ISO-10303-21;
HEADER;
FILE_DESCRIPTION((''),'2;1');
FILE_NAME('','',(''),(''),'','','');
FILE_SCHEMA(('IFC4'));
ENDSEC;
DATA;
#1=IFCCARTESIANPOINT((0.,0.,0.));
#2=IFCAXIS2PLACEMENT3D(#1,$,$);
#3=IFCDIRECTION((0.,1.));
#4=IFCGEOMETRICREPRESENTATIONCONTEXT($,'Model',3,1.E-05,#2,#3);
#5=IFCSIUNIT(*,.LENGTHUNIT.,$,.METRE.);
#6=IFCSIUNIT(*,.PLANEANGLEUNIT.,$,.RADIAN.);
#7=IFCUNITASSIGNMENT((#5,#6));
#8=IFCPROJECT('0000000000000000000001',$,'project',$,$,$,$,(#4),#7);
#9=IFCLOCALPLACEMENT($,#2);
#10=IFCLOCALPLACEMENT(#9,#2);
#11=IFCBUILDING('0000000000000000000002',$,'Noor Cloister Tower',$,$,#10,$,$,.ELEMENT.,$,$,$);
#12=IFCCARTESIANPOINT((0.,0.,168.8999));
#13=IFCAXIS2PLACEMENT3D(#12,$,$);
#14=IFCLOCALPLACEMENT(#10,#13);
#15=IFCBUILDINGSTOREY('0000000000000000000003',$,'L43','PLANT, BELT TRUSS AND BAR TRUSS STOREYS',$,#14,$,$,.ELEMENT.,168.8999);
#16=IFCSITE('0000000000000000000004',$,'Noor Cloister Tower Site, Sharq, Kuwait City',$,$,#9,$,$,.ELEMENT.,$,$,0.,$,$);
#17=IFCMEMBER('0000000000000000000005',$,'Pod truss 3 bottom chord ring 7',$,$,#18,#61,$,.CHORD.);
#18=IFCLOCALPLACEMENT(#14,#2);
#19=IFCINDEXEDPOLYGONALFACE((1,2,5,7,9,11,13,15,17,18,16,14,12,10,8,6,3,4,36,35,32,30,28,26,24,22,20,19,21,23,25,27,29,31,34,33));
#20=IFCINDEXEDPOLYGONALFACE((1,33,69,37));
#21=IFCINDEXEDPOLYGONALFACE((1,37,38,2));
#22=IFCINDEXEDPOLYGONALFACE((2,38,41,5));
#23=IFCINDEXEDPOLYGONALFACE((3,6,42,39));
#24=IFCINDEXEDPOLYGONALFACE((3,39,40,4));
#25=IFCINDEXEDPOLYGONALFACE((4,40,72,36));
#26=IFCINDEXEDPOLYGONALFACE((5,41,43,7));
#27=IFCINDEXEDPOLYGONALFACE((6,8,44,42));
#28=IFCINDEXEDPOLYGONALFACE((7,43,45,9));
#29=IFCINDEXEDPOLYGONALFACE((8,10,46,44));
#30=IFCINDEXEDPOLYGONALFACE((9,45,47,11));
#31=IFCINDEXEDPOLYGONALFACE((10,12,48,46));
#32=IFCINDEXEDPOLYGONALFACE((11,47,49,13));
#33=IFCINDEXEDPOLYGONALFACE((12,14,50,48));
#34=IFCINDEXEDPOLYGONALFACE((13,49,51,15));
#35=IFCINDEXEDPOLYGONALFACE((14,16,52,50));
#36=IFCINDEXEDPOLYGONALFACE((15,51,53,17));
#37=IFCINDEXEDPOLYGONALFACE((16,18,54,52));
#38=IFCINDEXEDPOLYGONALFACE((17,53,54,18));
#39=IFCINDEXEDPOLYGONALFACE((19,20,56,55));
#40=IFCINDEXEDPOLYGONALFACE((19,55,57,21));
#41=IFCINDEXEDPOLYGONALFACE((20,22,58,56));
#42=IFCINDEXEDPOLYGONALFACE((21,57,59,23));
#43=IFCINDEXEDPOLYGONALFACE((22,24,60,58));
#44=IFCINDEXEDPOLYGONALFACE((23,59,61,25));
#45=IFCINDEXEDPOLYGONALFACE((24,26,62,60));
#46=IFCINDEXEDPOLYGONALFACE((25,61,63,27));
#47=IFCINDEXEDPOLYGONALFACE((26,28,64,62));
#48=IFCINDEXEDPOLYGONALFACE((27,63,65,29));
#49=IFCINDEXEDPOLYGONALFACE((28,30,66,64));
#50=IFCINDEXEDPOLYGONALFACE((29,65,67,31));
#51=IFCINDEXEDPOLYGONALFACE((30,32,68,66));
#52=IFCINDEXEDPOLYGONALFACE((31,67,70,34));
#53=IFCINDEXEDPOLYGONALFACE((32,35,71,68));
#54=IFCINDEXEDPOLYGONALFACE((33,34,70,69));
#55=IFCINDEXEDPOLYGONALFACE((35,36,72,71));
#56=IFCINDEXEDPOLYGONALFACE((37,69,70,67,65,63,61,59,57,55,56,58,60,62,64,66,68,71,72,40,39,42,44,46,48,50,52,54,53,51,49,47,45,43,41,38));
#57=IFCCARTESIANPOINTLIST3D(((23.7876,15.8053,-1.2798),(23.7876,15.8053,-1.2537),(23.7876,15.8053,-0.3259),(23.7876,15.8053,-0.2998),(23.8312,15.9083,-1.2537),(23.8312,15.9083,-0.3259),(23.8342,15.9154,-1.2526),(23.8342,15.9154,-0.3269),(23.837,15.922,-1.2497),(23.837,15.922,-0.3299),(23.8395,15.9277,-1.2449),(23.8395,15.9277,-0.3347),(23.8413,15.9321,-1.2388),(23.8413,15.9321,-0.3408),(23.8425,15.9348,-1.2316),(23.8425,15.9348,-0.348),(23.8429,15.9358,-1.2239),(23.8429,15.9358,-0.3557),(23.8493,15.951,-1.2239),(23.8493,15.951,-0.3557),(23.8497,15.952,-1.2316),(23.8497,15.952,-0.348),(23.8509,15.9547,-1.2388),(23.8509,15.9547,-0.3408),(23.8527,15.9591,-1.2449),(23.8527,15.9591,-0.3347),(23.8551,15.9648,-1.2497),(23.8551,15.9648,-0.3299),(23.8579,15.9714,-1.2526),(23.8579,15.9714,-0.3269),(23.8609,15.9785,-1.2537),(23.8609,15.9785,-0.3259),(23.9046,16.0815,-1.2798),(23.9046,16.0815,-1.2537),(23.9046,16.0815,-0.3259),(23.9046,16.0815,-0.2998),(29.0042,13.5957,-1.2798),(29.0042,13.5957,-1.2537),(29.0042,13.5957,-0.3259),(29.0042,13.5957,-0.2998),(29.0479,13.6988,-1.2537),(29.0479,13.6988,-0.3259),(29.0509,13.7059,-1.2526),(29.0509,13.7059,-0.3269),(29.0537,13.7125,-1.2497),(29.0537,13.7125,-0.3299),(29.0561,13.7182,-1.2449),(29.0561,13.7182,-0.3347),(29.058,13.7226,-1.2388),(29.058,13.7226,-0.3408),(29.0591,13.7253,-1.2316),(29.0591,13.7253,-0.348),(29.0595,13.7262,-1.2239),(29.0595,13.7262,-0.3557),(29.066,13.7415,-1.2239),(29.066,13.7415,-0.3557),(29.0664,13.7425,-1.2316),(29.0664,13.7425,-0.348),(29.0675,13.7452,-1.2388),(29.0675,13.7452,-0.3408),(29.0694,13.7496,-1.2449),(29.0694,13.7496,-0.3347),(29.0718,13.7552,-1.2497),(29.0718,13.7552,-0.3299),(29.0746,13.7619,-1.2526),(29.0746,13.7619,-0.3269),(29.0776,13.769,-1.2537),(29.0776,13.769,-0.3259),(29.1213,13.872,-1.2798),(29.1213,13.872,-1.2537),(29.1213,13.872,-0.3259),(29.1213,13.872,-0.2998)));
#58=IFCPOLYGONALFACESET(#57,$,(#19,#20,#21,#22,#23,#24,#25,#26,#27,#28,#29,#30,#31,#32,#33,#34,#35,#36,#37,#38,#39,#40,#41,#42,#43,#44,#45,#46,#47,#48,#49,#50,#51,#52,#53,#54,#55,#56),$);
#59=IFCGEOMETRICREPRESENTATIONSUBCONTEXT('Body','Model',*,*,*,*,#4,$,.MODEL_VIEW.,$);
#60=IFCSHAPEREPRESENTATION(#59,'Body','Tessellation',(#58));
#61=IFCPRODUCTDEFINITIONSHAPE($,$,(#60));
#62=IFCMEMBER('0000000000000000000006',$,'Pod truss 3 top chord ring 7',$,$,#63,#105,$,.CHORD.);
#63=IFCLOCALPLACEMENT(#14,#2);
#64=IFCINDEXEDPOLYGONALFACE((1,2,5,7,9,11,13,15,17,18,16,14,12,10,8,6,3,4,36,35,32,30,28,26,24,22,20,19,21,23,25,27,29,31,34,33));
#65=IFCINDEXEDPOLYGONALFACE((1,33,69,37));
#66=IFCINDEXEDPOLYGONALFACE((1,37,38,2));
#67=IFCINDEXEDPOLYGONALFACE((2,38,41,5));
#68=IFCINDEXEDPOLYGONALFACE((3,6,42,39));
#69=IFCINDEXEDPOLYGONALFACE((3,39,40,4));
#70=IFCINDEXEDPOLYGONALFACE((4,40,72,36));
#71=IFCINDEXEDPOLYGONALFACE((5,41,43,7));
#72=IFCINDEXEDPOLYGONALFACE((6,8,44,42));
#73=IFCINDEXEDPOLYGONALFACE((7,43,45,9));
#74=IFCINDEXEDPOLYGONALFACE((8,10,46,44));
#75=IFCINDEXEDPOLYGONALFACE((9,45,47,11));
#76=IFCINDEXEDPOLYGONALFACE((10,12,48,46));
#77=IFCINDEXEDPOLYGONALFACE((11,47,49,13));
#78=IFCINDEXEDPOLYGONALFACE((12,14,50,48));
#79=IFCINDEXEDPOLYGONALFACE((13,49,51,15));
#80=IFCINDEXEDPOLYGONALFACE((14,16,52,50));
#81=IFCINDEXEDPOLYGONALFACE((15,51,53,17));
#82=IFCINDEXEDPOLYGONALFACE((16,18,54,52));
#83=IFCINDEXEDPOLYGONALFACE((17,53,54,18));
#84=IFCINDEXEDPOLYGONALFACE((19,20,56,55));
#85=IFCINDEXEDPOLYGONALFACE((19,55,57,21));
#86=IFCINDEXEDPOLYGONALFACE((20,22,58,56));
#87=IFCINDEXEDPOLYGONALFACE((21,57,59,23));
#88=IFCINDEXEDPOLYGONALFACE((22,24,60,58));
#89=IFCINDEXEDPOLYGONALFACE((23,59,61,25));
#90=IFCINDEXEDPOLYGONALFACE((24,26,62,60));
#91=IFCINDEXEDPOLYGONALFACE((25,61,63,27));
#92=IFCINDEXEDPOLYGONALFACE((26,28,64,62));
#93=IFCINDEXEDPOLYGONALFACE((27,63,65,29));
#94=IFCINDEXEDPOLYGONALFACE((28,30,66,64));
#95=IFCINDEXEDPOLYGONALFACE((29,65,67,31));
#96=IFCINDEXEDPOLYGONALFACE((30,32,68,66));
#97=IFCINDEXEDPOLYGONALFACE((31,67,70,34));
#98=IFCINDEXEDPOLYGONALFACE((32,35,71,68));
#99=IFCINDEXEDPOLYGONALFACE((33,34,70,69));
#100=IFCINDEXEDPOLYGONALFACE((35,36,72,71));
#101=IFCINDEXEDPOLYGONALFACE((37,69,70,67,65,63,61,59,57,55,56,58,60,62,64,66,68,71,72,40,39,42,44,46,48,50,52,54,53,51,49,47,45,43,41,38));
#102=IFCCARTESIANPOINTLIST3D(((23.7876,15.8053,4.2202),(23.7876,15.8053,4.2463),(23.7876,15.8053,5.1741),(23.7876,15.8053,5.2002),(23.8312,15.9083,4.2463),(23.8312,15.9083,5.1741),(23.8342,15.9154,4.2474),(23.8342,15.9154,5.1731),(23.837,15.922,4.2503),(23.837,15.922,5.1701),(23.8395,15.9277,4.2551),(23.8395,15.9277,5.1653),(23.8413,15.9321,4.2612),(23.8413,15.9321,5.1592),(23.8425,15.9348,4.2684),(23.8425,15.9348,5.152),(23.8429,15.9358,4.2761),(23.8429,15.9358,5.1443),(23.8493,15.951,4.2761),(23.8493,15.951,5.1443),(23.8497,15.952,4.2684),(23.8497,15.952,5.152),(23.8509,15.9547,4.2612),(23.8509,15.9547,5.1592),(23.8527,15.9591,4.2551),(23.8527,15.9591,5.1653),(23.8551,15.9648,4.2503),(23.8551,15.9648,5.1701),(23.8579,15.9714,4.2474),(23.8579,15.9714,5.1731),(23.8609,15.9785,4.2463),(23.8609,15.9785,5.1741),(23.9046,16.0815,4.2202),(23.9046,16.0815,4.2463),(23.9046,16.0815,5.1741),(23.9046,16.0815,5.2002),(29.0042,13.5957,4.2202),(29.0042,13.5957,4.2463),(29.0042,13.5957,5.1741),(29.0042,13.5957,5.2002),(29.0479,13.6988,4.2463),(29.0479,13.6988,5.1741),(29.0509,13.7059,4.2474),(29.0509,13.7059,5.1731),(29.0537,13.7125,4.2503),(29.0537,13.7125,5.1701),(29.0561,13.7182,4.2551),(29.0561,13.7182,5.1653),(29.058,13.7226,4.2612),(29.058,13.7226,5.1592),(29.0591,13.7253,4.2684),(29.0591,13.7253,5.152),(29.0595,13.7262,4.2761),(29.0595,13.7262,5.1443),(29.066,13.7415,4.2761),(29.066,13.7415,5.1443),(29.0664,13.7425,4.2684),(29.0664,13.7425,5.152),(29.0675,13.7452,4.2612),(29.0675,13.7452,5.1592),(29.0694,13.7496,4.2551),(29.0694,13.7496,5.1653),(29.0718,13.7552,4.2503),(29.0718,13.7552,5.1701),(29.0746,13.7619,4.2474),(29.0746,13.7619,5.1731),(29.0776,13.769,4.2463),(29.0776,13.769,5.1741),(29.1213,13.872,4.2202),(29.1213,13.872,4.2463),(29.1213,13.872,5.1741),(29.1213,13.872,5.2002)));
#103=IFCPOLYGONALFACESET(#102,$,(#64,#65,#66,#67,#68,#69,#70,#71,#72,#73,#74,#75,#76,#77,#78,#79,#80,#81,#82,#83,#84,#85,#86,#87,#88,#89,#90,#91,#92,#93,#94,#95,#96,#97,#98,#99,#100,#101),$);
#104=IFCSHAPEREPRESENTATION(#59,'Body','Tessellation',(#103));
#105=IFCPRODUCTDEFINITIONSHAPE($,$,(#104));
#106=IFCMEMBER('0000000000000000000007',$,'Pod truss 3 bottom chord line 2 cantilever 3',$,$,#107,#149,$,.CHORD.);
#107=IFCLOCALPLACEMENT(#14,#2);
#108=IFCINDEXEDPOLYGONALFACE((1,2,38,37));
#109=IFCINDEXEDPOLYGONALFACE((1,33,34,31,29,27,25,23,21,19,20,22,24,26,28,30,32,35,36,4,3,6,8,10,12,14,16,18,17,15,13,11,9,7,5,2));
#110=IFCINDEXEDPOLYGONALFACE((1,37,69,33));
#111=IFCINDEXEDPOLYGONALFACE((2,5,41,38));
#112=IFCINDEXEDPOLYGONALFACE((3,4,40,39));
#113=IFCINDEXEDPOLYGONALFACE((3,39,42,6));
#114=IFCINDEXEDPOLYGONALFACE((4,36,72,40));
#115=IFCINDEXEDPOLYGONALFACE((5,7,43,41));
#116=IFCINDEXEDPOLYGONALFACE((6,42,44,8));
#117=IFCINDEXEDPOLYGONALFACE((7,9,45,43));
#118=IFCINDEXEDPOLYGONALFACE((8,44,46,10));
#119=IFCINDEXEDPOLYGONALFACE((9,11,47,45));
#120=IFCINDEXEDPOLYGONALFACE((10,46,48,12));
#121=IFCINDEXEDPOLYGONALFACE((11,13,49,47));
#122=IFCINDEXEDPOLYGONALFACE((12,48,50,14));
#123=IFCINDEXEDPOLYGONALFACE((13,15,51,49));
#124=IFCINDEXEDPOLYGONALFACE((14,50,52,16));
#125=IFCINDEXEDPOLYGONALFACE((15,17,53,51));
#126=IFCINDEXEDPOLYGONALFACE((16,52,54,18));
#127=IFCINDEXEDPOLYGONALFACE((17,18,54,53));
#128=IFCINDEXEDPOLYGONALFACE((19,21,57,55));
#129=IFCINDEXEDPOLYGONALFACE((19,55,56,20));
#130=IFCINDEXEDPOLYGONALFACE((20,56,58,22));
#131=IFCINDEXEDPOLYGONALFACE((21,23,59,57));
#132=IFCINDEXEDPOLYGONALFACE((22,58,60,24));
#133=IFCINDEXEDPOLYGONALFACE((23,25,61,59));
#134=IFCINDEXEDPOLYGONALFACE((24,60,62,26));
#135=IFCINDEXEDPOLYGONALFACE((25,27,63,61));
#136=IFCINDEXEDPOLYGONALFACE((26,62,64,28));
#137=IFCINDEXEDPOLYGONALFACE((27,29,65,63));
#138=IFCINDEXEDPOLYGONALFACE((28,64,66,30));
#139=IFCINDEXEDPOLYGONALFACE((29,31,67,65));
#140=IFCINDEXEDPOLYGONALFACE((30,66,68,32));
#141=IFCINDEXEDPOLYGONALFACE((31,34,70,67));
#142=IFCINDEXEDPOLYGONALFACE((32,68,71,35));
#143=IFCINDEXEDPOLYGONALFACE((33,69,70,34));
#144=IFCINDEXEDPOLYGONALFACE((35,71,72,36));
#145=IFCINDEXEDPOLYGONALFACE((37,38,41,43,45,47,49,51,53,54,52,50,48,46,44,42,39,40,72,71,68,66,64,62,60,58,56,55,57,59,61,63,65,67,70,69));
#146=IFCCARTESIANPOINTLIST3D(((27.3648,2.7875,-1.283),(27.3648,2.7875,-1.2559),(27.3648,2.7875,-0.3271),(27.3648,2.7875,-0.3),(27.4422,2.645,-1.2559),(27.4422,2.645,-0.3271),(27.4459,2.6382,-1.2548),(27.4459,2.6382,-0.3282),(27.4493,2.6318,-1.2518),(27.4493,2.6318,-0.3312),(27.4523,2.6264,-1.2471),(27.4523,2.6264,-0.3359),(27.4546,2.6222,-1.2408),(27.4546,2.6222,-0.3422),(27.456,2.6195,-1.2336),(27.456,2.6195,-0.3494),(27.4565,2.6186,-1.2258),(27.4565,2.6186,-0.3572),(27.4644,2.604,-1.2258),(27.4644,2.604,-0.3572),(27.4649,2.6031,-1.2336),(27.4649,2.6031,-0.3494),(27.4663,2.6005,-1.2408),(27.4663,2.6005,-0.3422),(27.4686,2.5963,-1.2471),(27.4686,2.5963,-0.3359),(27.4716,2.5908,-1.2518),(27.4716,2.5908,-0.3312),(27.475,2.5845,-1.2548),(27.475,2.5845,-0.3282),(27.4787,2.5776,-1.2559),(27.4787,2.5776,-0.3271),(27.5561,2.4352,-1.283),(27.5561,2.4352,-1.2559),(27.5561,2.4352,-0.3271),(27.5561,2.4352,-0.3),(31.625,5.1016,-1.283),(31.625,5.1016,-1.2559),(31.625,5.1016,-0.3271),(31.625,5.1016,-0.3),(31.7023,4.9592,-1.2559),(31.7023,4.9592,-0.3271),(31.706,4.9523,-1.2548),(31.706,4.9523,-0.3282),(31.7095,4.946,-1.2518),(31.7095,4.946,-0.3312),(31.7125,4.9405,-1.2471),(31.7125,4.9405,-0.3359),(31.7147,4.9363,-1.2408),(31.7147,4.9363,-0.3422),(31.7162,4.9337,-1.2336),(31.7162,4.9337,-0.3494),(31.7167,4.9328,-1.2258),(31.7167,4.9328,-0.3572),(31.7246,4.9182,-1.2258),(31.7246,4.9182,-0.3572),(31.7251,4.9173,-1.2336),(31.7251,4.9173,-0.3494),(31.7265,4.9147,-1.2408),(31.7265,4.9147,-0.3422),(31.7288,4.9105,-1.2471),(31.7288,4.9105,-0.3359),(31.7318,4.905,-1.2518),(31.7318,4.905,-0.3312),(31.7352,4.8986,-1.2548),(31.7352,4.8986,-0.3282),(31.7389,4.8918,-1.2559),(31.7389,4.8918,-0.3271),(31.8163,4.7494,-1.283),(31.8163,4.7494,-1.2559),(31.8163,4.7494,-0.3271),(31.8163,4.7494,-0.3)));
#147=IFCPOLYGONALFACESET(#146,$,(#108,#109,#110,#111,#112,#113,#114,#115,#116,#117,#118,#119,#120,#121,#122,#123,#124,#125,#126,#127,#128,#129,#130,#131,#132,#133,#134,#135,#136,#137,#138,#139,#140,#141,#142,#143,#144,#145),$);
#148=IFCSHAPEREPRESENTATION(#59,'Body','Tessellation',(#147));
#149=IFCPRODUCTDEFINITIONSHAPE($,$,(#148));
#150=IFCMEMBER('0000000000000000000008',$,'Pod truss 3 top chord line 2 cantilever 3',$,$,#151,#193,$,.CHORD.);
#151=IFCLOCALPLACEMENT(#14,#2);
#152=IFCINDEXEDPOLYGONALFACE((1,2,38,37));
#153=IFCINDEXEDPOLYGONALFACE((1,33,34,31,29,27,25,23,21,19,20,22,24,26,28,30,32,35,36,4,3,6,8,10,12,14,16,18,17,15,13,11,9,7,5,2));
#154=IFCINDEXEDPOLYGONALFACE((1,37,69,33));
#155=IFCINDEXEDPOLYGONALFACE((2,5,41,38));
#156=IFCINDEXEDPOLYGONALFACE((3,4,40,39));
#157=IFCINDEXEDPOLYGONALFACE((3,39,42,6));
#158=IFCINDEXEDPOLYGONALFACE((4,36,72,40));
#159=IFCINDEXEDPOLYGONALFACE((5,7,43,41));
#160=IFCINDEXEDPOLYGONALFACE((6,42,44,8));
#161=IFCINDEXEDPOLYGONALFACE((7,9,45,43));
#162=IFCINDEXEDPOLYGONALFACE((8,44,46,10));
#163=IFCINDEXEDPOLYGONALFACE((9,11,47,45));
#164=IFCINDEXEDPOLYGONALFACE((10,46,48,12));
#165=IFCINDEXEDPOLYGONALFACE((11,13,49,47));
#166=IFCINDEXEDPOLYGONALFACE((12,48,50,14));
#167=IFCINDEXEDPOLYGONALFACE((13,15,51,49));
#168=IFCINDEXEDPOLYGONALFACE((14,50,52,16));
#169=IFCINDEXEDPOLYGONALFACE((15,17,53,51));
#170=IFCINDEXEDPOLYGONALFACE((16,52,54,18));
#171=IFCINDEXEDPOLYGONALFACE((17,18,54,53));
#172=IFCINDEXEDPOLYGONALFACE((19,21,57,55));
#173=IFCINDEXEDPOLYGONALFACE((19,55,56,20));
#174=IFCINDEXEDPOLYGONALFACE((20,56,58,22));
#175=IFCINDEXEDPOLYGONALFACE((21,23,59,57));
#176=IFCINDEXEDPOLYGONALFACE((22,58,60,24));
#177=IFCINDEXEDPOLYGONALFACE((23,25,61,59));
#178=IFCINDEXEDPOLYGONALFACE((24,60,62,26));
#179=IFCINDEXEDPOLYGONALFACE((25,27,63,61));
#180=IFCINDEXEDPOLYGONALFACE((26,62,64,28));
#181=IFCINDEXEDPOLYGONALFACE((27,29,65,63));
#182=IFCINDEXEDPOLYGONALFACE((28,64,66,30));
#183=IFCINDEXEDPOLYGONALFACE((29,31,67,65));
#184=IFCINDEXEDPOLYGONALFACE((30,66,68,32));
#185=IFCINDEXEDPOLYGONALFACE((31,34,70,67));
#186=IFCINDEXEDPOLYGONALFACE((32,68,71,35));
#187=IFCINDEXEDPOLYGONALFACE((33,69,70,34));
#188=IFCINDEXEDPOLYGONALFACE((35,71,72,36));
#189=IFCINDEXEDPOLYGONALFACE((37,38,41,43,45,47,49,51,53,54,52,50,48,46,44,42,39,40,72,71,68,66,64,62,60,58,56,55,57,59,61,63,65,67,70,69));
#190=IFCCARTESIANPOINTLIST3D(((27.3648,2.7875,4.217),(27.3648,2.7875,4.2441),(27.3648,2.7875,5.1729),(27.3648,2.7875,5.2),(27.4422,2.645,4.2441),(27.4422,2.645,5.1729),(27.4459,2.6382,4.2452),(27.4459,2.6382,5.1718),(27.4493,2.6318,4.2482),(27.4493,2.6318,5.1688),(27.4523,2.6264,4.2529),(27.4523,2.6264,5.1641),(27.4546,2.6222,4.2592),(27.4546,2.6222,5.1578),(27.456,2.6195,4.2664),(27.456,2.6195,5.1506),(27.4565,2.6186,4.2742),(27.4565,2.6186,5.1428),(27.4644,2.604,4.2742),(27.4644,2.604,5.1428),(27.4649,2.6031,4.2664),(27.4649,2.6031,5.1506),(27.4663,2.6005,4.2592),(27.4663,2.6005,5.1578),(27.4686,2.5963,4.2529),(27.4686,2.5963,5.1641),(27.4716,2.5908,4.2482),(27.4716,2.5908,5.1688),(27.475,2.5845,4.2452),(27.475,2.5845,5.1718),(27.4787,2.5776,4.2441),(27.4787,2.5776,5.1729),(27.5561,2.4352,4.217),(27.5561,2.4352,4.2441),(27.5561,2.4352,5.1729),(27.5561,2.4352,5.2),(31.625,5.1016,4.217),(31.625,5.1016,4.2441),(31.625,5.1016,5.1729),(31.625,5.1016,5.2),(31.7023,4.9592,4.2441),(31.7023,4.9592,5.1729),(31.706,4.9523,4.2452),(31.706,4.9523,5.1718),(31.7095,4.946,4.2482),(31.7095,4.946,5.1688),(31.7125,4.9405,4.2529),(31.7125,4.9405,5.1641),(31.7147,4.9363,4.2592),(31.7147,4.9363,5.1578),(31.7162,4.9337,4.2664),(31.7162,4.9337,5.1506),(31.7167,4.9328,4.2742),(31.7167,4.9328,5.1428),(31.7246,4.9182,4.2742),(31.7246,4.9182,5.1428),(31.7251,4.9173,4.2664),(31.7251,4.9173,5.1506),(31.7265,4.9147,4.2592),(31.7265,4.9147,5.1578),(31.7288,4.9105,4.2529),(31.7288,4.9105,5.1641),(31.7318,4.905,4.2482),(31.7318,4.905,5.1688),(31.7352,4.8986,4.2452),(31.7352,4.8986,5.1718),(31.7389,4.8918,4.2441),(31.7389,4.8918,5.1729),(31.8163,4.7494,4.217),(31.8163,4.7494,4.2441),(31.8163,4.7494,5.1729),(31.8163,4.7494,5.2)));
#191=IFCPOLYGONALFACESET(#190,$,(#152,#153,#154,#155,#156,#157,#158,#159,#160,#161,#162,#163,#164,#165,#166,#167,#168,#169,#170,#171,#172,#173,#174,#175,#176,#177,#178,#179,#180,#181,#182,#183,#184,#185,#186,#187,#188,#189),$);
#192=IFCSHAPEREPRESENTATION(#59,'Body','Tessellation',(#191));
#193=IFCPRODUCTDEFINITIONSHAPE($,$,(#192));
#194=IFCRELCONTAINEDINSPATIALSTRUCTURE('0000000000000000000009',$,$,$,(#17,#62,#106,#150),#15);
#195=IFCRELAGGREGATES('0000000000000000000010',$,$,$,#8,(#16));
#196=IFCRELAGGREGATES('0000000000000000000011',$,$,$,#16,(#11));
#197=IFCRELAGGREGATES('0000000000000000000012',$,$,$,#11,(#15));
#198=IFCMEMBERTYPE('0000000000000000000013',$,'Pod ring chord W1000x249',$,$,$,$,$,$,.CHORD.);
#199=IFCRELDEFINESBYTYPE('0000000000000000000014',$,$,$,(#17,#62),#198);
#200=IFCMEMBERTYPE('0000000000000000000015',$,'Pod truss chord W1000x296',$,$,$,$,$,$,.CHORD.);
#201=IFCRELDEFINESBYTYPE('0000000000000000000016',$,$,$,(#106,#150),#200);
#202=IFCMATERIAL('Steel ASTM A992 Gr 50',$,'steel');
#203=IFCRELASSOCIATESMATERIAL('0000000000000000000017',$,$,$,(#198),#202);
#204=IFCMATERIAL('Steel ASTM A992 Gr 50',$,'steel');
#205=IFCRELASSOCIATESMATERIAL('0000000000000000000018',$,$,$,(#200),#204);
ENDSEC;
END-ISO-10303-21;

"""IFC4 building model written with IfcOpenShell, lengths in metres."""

from ifc_helpers import new_model, si_unit, direction, frame, origin, origin_2d, place, context, subcontext, project, spatial, i_section, extrude, material, material_profile, profile_set, type_object, element, save


model = new_model("IFC4")

# Units and contexts
model_context = context("Model", 3, precision=1e-05, world=origin(), true_north=direction((0.0, 1.0)))
body_context = subcontext(model_context, "Body", "Model", "MODEL_VIEW")
ifc_project = project(units=[si_unit("LENGTHUNIT", "METRE"), si_unit("PLANEANGLEUNIT", "RADIAN")], contexts=[model_context])

# Site, building, storey
site_placement = place(None, origin())
site = spatial("IfcSite", under=ifc_project, at=site_placement, Name="Noor Cloister Tower Site, Sharq, Kuwait City", CompositionType="ELEMENT", RefElevation=0.0)
building_placement = place(site_placement, origin())
building = spatial("IfcBuilding", under=site, at=building_placement, Name="Noor Cloister Tower", CompositionType="ELEMENT")
storey_placement = place(building_placement, frame((0.0, 0.0, 168.8999)))
storey = spatial("IfcBuildingStorey", under=building, at=storey_placement, Name="L43", Description="PLANT, BELT TRUSS AND BAR TRUSS STOREYS", CompositionType="ELEMENT", Elevation=168.8999)

# Members
ifc_material_1 = material(Name="Steel ASTM A992 Gr 50", Category="steel")
ifc_material_profile_1 = material_profile(ifc_material_1, i_section(OverallWidth=0.3, OverallDepth=0.98, WebThickness=0.0166, FlangeThickness=0.0261, FilletRadius=0.0298, at=origin_2d()), Name="W1000x249")
ifc_profile_set_1 = profile_set([ifc_material_profile_1], Name="Steel ASTM A992 Gr 50")
member_type_1 = type_object("IfcMemberType", Name="Pod ring chord W1000x249", PredefinedType="CHORD", material=ifc_profile_set_1)
for number, where, z_axis, x_axis, name in (
    (1, (29.0627, 13.7339, -0.7898), (-0.920811, 0.39001, 0.0), (-0.39001, -0.920811, 0.0), "Pod truss 3 bottom chord ring 7"),
    (2, (29.0627, 13.7339, 4.7102), (-0.920811, 0.39001, 0.0), (-0.39001, -0.920811, 0.0), "Pod truss 3 top chord ring 7"),
):
    element("IfcMember", number, at=place(storey_placement, frame(where, z_axis=z_axis, x_axis=x_axis)), inside=storey, type_object=member_type_1, Name=name, PredefinedType="CHORD", context=body_context, shape_type="SweptSolid", body=[
        extrude(i_section(OverallWidth=0.3, OverallDepth=0.98, WebThickness=0.0166, FlangeThickness=0.0261, FilletRadius=0.0298, at=origin_2d()), origin(), (0.0, 0.0, 1.0), 5.6653),
    ])
ifc_material_2 = material(Name="Steel ASTM A992 Gr 50", Category="steel")
ifc_material_profile_2 = material_profile(ifc_material_2, i_section(OverallWidth=0.4009, OverallDepth=0.9829, WebThickness=0.0166, FlangeThickness=0.0271, FilletRadius=0.03, at=origin_2d()), Name="W1000x296")
ifc_profile_set_2 = profile_set([ifc_material_profile_2], Name="Steel ASTM A992 Gr 50")
member_type_2 = type_object("IfcMemberType", Name="Pod truss chord W1000x296", PredefinedType="CHORD", material=ifc_profile_set_2)
for number, where, z_axis, x_axis, name in (
    (3, (27.4604, 2.6113, -0.7915), (0.878724, 0.477331, 0.0), (-0.477331, 0.878724, 0.0), "Pod truss 3 bottom chord line 2 cantilever 3"),
    (4, (27.4604, 2.6113, 4.7085), (0.878724, 0.477331, 0.0), (-0.477331, 0.878724, 0.0), "Pod truss 3 top chord line 2 cantilever 3"),
):
    element("IfcMember", number, at=place(storey_placement, frame(where, z_axis=z_axis, x_axis=x_axis)), inside=storey, type_object=member_type_2, Name=name, PredefinedType="CHORD", context=body_context, shape_type="SweptSolid", body=[
        extrude(i_section(OverallWidth=0.4009, OverallDepth=0.9829, WebThickness=0.0166, FlangeThickness=0.0271, FilletRadius=0.03, at=origin_2d()), origin(), (0.0, 0.0, 1.0), 4.8481),
    ])

save(model, "model.ifc")
